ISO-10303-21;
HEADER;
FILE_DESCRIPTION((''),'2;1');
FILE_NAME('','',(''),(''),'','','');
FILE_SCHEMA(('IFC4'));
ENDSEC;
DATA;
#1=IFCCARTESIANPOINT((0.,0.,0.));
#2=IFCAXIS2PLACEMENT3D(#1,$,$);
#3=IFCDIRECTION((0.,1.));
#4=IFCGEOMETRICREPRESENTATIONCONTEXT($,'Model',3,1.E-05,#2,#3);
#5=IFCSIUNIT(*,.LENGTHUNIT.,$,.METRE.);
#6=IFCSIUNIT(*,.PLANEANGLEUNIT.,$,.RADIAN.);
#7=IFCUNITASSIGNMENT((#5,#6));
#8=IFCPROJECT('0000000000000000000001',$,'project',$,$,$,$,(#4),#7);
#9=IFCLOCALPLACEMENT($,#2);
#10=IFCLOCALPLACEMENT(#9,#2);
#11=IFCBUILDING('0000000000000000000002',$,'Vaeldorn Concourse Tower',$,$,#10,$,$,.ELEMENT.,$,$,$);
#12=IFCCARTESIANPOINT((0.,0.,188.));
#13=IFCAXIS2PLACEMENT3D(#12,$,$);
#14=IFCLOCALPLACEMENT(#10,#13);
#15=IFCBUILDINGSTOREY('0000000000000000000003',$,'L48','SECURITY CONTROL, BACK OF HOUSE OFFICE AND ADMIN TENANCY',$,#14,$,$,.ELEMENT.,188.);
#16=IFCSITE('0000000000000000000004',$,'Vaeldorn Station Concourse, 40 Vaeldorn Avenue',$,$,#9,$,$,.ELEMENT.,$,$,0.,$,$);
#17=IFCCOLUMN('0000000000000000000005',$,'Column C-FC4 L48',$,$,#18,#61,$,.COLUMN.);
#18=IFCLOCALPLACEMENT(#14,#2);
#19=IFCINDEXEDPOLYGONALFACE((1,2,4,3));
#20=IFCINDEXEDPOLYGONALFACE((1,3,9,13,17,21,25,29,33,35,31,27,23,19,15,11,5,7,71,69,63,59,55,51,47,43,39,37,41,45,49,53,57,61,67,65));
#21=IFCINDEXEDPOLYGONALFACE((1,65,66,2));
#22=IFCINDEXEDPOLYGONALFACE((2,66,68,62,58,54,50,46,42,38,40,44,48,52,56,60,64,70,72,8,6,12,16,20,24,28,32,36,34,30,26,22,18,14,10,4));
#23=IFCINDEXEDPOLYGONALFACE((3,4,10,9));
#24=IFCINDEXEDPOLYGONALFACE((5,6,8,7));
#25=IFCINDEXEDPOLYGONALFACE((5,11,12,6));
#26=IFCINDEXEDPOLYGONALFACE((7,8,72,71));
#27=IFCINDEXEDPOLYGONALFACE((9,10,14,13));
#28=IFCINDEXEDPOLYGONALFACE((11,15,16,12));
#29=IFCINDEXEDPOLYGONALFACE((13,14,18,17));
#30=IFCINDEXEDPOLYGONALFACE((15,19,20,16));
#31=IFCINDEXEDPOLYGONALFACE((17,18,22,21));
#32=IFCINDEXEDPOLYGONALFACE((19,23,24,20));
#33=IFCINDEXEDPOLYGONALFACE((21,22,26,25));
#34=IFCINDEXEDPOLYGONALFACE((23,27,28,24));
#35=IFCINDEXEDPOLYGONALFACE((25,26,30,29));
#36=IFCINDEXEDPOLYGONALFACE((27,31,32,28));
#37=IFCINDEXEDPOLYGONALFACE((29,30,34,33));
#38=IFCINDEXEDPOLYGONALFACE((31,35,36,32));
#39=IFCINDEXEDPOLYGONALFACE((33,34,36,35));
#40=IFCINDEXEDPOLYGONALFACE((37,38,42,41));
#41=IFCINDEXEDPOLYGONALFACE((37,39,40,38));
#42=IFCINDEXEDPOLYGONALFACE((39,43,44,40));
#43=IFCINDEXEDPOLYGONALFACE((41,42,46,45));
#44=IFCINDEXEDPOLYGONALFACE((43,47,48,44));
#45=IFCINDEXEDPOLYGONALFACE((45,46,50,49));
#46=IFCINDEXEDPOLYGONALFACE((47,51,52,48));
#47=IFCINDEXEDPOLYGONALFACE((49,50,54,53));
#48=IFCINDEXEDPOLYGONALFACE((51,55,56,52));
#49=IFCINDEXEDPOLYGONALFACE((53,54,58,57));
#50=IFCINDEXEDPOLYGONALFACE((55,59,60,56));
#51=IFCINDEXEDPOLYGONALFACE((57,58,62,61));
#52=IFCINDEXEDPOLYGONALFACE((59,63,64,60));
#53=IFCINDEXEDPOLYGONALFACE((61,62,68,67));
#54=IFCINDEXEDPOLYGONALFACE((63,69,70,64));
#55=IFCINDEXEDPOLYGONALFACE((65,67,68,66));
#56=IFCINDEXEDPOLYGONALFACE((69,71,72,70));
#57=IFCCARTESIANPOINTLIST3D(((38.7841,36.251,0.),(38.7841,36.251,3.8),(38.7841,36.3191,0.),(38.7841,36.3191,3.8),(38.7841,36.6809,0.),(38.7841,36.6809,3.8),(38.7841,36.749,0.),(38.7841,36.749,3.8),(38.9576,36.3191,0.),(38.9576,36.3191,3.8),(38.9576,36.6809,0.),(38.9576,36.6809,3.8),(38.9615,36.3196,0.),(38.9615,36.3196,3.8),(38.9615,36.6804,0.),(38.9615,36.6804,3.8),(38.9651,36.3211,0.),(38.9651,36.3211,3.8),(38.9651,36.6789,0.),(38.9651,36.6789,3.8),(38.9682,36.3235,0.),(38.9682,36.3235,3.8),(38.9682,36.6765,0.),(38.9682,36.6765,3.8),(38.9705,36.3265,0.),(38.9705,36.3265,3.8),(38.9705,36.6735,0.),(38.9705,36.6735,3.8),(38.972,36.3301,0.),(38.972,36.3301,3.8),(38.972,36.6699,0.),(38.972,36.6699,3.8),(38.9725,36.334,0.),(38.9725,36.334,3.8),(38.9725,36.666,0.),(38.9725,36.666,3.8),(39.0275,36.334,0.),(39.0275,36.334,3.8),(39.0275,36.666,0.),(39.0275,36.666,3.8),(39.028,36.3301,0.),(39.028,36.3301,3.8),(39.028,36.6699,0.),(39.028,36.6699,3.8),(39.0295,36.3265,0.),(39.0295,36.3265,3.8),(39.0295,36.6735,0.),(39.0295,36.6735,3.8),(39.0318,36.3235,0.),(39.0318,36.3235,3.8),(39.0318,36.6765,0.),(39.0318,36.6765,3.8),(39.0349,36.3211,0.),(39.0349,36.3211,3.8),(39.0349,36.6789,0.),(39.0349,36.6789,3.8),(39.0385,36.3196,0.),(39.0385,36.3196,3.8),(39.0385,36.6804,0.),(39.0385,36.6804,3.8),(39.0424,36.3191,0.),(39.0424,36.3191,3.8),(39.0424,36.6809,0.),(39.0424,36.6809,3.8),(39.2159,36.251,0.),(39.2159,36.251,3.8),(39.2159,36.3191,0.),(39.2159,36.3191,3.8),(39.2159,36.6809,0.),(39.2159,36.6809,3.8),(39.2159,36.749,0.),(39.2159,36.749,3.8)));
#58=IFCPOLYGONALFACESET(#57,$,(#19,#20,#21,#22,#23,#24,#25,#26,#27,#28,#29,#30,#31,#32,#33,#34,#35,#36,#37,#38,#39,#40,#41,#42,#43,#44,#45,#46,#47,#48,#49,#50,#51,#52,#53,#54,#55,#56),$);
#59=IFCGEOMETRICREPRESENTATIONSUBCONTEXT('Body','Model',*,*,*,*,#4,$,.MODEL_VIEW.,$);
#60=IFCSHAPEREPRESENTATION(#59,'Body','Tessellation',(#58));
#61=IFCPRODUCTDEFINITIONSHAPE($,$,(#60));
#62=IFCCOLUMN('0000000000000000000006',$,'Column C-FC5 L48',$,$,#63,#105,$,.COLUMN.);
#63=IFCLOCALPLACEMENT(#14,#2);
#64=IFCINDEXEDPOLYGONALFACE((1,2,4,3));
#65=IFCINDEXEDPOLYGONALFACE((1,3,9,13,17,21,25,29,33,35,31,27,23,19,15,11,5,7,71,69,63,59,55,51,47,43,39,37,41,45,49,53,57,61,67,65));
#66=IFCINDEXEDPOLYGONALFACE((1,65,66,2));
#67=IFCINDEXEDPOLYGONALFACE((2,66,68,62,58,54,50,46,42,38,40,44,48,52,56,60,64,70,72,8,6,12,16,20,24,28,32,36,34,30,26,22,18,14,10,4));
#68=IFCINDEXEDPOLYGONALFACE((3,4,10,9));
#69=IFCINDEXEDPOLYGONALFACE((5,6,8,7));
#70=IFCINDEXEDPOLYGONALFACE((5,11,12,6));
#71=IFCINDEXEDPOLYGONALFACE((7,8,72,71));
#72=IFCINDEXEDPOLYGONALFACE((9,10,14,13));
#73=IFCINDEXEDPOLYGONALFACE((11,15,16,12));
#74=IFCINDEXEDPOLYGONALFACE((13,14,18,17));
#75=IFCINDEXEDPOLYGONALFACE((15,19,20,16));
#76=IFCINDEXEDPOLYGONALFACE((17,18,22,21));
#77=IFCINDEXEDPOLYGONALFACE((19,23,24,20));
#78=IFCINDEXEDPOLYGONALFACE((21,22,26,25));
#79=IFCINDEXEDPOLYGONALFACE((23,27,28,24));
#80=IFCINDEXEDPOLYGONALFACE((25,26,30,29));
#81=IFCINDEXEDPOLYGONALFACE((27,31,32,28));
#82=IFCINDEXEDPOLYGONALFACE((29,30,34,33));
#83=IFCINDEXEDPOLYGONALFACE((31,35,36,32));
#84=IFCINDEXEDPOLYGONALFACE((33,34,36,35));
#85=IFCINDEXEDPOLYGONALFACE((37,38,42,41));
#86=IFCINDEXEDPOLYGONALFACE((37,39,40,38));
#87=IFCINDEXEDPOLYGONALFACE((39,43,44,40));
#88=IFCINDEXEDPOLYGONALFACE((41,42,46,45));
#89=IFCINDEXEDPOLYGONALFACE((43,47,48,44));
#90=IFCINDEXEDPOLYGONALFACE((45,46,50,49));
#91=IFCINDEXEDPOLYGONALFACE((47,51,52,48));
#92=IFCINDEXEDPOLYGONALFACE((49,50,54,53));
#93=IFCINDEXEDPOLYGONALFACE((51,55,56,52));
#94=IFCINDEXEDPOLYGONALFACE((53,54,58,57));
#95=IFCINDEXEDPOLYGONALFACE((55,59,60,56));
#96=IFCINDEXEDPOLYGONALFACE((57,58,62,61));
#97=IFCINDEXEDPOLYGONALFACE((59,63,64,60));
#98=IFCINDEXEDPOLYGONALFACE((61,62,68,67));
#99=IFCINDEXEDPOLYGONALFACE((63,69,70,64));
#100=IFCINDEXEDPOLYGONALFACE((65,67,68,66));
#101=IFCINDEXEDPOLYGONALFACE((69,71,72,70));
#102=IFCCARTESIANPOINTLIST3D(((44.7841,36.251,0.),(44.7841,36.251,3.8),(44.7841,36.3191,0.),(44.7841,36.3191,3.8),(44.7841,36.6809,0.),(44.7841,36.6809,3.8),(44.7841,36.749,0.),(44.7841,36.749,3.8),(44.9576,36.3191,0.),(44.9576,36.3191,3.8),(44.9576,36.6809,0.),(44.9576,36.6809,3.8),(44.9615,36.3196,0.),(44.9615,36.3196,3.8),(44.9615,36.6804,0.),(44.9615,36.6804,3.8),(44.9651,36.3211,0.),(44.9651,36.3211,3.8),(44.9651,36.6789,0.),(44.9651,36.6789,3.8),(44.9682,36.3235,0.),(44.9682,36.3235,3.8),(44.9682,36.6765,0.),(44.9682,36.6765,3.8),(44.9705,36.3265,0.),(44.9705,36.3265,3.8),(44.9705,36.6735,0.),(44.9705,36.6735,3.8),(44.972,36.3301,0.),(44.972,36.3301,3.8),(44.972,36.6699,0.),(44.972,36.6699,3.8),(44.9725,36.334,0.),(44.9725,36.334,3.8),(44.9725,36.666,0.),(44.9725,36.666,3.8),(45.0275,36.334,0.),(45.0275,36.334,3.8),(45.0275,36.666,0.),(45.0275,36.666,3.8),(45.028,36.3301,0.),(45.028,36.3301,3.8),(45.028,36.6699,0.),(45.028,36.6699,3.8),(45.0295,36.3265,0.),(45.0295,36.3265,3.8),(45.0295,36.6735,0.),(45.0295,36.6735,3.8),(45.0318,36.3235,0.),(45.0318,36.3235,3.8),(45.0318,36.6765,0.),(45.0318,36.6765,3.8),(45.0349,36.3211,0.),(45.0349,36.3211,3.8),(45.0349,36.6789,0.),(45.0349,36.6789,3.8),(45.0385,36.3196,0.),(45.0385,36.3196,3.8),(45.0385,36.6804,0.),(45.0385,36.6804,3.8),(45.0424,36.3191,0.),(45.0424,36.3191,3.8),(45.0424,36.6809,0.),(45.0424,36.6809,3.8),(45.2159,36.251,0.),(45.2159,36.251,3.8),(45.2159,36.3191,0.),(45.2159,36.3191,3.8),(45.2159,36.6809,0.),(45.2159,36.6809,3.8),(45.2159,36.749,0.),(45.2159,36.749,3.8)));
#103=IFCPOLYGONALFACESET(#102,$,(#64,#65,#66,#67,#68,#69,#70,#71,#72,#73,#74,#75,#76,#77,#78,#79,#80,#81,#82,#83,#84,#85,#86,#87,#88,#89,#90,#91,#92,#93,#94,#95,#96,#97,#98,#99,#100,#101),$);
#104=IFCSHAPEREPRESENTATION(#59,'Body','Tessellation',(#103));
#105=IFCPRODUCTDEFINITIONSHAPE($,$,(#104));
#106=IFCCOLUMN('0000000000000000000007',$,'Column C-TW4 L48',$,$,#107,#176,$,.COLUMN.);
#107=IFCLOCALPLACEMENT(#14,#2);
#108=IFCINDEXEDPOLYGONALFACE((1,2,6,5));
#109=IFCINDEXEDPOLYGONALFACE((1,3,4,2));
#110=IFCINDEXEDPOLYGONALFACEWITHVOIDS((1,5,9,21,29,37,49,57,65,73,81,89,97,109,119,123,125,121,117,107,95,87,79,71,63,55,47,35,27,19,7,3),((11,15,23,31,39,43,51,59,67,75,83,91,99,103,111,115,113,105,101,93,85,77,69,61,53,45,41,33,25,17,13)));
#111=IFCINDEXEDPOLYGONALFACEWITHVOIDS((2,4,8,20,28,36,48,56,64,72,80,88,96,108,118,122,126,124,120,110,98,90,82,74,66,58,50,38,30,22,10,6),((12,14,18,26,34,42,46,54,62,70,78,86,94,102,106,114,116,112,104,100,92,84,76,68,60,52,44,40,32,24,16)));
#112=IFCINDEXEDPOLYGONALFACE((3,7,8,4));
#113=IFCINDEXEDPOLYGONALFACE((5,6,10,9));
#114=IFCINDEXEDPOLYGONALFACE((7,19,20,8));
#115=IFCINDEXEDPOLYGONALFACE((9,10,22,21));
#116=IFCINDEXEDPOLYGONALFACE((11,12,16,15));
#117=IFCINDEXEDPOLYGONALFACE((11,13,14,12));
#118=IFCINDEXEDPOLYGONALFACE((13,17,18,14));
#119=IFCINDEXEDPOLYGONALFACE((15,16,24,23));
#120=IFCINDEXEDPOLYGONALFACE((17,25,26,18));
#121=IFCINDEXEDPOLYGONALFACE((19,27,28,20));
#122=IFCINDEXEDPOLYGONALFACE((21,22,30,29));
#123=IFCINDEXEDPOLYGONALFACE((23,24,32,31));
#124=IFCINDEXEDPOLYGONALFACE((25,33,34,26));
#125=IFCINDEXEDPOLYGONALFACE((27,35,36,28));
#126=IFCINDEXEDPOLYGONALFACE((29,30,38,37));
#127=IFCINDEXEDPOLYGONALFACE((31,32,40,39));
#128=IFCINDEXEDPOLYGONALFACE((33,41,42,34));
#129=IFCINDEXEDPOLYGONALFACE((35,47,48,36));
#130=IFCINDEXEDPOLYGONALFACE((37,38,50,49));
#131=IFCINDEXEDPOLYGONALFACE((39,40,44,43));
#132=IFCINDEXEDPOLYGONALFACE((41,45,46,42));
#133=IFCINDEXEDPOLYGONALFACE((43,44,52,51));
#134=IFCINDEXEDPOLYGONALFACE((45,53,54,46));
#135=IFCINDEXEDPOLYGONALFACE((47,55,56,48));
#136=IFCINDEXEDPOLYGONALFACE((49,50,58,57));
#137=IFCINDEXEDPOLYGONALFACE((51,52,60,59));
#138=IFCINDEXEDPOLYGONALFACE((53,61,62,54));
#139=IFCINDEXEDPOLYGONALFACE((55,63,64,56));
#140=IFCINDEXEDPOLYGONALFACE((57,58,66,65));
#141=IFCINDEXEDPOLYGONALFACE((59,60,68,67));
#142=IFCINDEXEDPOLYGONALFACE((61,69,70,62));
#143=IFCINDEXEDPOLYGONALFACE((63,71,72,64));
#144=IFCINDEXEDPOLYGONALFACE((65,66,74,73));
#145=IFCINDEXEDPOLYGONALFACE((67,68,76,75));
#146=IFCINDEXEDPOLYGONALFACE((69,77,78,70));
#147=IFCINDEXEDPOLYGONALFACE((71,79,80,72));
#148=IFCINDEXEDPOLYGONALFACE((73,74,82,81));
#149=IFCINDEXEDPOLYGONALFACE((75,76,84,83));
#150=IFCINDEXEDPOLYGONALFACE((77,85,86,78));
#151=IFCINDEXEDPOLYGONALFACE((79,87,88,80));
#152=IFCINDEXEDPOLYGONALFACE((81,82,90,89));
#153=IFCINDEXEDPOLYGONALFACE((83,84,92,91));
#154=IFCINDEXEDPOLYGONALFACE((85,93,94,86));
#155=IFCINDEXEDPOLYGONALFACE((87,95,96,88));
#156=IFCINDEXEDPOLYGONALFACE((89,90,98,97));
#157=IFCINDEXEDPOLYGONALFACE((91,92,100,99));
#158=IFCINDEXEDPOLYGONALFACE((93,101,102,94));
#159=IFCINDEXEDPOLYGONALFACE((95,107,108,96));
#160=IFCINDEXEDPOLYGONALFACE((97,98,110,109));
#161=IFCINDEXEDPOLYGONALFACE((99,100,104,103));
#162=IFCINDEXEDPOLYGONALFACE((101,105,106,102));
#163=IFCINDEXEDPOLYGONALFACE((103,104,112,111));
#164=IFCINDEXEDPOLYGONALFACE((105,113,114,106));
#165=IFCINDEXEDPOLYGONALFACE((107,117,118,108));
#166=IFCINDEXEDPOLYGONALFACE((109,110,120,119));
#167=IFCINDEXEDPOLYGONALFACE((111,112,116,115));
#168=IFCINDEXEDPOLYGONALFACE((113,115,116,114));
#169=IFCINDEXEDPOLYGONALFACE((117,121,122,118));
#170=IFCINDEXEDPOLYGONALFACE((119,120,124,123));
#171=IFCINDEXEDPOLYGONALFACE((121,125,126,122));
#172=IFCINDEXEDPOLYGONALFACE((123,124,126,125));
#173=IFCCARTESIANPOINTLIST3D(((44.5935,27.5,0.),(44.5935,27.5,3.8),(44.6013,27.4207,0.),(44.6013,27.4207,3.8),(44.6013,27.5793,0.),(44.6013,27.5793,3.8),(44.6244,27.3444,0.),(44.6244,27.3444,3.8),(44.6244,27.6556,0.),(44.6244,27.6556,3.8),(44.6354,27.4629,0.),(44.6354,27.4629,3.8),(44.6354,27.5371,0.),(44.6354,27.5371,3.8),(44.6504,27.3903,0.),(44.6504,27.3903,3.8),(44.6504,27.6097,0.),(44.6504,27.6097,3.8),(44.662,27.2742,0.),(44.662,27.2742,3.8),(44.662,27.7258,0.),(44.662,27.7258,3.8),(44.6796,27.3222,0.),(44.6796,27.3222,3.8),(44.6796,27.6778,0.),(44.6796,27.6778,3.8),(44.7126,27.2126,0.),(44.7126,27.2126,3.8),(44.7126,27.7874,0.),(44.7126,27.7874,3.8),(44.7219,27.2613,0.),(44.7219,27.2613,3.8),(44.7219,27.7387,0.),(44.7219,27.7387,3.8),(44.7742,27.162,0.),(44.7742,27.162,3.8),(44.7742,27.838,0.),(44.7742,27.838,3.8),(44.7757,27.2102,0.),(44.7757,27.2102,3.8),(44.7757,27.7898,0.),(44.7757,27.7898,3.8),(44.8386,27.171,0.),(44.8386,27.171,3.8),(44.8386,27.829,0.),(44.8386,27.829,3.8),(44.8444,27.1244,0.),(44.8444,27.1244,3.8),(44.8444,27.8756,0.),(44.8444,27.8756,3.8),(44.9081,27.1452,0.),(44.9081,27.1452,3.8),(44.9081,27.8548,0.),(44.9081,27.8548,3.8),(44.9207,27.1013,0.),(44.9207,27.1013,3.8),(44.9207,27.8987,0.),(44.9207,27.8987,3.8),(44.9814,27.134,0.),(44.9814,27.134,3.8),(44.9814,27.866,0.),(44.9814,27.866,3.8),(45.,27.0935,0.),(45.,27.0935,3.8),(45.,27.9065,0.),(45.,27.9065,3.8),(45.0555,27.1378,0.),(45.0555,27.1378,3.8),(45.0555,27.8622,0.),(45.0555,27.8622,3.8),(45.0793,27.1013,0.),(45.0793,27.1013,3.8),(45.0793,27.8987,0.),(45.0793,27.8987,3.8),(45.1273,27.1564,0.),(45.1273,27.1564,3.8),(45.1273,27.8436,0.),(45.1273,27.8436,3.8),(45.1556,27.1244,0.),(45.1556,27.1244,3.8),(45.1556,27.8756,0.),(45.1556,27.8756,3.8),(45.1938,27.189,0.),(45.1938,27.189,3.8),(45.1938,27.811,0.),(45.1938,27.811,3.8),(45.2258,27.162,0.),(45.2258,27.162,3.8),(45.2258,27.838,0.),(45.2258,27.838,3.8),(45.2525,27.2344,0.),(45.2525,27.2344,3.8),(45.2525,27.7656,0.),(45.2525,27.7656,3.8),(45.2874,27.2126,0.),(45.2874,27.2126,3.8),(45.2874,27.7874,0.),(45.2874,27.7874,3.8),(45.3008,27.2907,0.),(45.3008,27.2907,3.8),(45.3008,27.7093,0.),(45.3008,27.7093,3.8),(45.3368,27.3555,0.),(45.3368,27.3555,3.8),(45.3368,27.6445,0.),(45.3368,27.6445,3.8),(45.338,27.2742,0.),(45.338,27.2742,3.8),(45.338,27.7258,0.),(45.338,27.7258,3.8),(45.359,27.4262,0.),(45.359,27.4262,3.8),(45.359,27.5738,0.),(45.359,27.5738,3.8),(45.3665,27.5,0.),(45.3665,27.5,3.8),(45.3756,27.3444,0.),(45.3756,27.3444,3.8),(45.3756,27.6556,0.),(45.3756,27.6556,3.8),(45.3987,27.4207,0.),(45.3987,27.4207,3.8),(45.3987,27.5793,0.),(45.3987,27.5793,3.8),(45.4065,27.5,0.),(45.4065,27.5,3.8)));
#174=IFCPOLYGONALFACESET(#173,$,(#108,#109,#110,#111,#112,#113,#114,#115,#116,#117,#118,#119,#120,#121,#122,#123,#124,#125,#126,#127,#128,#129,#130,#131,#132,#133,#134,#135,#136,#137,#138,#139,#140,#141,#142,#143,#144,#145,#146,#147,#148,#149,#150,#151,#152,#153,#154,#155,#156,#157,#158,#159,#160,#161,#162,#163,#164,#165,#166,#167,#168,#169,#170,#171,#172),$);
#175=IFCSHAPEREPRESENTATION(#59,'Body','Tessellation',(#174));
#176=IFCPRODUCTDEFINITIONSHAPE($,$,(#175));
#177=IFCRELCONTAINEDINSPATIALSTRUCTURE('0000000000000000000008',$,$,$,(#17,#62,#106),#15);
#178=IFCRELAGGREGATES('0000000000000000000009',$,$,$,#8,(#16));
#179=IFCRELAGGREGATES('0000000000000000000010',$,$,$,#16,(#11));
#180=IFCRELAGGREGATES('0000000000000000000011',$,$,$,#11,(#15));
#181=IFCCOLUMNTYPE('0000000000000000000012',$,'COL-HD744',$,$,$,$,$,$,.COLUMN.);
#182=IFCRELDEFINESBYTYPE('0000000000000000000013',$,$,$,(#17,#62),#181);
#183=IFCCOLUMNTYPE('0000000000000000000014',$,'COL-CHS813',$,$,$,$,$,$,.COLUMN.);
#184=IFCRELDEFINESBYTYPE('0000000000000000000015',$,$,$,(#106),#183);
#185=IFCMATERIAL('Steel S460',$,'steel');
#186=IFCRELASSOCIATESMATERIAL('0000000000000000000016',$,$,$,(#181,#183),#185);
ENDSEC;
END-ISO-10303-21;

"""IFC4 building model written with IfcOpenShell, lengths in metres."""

from ifc_helpers import new_model, si_unit, direction, frame, origin, origin_2d, place, context, subcontext, project, spatial, hollow_circle, i_section, extrude, source, transform, mapped, material, material_profile, profile_set, type_object, element, save


model = new_model("IFC4")

# Units and contexts
model_context = context("Model", 3, precision=1e-05, world=origin(), true_north=direction((0.0, 1.0)))
body_context = subcontext(model_context, "Body", "Model", "MODEL_VIEW")
ifc_project = project(units=[si_unit("LENGTHUNIT", "METRE"), si_unit("PLANEANGLEUNIT", "RADIAN")], contexts=[model_context])

# Site, building, storey
site_placement = place(None, origin())
site = spatial("IfcSite", under=ifc_project, at=site_placement, Name="Vaeldorn Station Concourse, 40 Vaeldorn Avenue", CompositionType="ELEMENT", RefElevation=0.0)
building_placement = place(site_placement, origin())
building = spatial("IfcBuilding", under=site, at=building_placement, Name="Vaeldorn Concourse Tower", CompositionType="ELEMENT")
storey_placement = place(building_placement, frame((0.0, 0.0, 188.0)))
storey = spatial("IfcBuildingStorey", under=building, at=storey_placement, Name="L48", Description="SECURITY CONTROL, BACK OF HOUSE OFFICE AND ADMIN TENANCY", CompositionType="ELEMENT", Elevation=188.0)

# Columns
ifc_material_1 = material(Name="Steel S460", Category="steel")
ifc_material_profile_1 = material_profile(ifc_material_1, i_section(OverallWidth=0.4319, OverallDepth=0.498, WebThickness=0.0549, FlangeThickness=0.0681, FilletRadius=0.0149, at=origin_2d()), Name="HD 400x744")
ifc_profile_set_1 = profile_set([ifc_material_profile_1], Name="Steel S460")
column_type_1 = type_object("IfcColumnType", Name="COL-HD744", PredefinedType="COLUMN", material=ifc_profile_set_1)
shared_shape_1 = source(origin(), body_context, "Body", "SweptSolid", [
    extrude(i_section(OverallWidth=0.4319, OverallDepth=0.498, WebThickness=0.0549, FlangeThickness=0.0681, FilletRadius=0.0149, at=origin_2d()), origin(), (0.0, 0.0, 1.0), 3.8),
])
for number, where, z_axis, x_axis, name in (
    (1, (39.0, 36.5, 0.0), (0.0, 0.0, 1.0), (1.0, 0.0, 0.0), "Column C-FC4 L48"),
    (2, (45.0, 36.5, 0.0), (0.0, 0.0, 1.0), (1.0, 0.0, 0.0), "Column C-FC5 L48"),
):
    element("IfcColumn", number, at=place(storey_placement, frame(where, z_axis=z_axis, x_axis=x_axis)), inside=storey, type_object=column_type_1, Name=name, PredefinedType="COLUMN", context=body_context, shape_type="MappedRepresentation", body=[
        mapped(shared_shape_1, transform((0.0, 0.0, 0.0), scale=1.0)),
    ])
ifc_material_profile_2 = material_profile(ifc_material_1, hollow_circle(Radius=0.4065, WallThickness=0.04, at=origin_2d()), Name="CHS 813x40")
ifc_profile_set_2 = profile_set([ifc_material_profile_2], Name="Steel S460")
column_type_2 = type_object("IfcColumnType", Name="COL-CHS813", PredefinedType="COLUMN", material=ifc_profile_set_2)
shared_shape_2 = source(origin(), body_context, "Body", "SweptSolid", [
    extrude(hollow_circle(Radius=0.4065, WallThickness=0.04, at=origin_2d()), origin(), (0.0, 0.0, 1.0), 3.8),
])
column_placement = place(storey_placement, frame((45.0, 27.5, 0.0), z_axis=(0.0, 0.0, 1.0), x_axis=(1.0, 0.0, 0.0)))
element("IfcColumn", 3, at=column_placement, inside=storey, type_object=column_type_2, Name="Column C-TW4 L48", PredefinedType="COLUMN", context=body_context, shape_type="MappedRepresentation", body=[
    mapped(shared_shape_2, transform((0.0, 0.0, 0.0), scale=1.0)),
])

save(model, "model.ifc")
